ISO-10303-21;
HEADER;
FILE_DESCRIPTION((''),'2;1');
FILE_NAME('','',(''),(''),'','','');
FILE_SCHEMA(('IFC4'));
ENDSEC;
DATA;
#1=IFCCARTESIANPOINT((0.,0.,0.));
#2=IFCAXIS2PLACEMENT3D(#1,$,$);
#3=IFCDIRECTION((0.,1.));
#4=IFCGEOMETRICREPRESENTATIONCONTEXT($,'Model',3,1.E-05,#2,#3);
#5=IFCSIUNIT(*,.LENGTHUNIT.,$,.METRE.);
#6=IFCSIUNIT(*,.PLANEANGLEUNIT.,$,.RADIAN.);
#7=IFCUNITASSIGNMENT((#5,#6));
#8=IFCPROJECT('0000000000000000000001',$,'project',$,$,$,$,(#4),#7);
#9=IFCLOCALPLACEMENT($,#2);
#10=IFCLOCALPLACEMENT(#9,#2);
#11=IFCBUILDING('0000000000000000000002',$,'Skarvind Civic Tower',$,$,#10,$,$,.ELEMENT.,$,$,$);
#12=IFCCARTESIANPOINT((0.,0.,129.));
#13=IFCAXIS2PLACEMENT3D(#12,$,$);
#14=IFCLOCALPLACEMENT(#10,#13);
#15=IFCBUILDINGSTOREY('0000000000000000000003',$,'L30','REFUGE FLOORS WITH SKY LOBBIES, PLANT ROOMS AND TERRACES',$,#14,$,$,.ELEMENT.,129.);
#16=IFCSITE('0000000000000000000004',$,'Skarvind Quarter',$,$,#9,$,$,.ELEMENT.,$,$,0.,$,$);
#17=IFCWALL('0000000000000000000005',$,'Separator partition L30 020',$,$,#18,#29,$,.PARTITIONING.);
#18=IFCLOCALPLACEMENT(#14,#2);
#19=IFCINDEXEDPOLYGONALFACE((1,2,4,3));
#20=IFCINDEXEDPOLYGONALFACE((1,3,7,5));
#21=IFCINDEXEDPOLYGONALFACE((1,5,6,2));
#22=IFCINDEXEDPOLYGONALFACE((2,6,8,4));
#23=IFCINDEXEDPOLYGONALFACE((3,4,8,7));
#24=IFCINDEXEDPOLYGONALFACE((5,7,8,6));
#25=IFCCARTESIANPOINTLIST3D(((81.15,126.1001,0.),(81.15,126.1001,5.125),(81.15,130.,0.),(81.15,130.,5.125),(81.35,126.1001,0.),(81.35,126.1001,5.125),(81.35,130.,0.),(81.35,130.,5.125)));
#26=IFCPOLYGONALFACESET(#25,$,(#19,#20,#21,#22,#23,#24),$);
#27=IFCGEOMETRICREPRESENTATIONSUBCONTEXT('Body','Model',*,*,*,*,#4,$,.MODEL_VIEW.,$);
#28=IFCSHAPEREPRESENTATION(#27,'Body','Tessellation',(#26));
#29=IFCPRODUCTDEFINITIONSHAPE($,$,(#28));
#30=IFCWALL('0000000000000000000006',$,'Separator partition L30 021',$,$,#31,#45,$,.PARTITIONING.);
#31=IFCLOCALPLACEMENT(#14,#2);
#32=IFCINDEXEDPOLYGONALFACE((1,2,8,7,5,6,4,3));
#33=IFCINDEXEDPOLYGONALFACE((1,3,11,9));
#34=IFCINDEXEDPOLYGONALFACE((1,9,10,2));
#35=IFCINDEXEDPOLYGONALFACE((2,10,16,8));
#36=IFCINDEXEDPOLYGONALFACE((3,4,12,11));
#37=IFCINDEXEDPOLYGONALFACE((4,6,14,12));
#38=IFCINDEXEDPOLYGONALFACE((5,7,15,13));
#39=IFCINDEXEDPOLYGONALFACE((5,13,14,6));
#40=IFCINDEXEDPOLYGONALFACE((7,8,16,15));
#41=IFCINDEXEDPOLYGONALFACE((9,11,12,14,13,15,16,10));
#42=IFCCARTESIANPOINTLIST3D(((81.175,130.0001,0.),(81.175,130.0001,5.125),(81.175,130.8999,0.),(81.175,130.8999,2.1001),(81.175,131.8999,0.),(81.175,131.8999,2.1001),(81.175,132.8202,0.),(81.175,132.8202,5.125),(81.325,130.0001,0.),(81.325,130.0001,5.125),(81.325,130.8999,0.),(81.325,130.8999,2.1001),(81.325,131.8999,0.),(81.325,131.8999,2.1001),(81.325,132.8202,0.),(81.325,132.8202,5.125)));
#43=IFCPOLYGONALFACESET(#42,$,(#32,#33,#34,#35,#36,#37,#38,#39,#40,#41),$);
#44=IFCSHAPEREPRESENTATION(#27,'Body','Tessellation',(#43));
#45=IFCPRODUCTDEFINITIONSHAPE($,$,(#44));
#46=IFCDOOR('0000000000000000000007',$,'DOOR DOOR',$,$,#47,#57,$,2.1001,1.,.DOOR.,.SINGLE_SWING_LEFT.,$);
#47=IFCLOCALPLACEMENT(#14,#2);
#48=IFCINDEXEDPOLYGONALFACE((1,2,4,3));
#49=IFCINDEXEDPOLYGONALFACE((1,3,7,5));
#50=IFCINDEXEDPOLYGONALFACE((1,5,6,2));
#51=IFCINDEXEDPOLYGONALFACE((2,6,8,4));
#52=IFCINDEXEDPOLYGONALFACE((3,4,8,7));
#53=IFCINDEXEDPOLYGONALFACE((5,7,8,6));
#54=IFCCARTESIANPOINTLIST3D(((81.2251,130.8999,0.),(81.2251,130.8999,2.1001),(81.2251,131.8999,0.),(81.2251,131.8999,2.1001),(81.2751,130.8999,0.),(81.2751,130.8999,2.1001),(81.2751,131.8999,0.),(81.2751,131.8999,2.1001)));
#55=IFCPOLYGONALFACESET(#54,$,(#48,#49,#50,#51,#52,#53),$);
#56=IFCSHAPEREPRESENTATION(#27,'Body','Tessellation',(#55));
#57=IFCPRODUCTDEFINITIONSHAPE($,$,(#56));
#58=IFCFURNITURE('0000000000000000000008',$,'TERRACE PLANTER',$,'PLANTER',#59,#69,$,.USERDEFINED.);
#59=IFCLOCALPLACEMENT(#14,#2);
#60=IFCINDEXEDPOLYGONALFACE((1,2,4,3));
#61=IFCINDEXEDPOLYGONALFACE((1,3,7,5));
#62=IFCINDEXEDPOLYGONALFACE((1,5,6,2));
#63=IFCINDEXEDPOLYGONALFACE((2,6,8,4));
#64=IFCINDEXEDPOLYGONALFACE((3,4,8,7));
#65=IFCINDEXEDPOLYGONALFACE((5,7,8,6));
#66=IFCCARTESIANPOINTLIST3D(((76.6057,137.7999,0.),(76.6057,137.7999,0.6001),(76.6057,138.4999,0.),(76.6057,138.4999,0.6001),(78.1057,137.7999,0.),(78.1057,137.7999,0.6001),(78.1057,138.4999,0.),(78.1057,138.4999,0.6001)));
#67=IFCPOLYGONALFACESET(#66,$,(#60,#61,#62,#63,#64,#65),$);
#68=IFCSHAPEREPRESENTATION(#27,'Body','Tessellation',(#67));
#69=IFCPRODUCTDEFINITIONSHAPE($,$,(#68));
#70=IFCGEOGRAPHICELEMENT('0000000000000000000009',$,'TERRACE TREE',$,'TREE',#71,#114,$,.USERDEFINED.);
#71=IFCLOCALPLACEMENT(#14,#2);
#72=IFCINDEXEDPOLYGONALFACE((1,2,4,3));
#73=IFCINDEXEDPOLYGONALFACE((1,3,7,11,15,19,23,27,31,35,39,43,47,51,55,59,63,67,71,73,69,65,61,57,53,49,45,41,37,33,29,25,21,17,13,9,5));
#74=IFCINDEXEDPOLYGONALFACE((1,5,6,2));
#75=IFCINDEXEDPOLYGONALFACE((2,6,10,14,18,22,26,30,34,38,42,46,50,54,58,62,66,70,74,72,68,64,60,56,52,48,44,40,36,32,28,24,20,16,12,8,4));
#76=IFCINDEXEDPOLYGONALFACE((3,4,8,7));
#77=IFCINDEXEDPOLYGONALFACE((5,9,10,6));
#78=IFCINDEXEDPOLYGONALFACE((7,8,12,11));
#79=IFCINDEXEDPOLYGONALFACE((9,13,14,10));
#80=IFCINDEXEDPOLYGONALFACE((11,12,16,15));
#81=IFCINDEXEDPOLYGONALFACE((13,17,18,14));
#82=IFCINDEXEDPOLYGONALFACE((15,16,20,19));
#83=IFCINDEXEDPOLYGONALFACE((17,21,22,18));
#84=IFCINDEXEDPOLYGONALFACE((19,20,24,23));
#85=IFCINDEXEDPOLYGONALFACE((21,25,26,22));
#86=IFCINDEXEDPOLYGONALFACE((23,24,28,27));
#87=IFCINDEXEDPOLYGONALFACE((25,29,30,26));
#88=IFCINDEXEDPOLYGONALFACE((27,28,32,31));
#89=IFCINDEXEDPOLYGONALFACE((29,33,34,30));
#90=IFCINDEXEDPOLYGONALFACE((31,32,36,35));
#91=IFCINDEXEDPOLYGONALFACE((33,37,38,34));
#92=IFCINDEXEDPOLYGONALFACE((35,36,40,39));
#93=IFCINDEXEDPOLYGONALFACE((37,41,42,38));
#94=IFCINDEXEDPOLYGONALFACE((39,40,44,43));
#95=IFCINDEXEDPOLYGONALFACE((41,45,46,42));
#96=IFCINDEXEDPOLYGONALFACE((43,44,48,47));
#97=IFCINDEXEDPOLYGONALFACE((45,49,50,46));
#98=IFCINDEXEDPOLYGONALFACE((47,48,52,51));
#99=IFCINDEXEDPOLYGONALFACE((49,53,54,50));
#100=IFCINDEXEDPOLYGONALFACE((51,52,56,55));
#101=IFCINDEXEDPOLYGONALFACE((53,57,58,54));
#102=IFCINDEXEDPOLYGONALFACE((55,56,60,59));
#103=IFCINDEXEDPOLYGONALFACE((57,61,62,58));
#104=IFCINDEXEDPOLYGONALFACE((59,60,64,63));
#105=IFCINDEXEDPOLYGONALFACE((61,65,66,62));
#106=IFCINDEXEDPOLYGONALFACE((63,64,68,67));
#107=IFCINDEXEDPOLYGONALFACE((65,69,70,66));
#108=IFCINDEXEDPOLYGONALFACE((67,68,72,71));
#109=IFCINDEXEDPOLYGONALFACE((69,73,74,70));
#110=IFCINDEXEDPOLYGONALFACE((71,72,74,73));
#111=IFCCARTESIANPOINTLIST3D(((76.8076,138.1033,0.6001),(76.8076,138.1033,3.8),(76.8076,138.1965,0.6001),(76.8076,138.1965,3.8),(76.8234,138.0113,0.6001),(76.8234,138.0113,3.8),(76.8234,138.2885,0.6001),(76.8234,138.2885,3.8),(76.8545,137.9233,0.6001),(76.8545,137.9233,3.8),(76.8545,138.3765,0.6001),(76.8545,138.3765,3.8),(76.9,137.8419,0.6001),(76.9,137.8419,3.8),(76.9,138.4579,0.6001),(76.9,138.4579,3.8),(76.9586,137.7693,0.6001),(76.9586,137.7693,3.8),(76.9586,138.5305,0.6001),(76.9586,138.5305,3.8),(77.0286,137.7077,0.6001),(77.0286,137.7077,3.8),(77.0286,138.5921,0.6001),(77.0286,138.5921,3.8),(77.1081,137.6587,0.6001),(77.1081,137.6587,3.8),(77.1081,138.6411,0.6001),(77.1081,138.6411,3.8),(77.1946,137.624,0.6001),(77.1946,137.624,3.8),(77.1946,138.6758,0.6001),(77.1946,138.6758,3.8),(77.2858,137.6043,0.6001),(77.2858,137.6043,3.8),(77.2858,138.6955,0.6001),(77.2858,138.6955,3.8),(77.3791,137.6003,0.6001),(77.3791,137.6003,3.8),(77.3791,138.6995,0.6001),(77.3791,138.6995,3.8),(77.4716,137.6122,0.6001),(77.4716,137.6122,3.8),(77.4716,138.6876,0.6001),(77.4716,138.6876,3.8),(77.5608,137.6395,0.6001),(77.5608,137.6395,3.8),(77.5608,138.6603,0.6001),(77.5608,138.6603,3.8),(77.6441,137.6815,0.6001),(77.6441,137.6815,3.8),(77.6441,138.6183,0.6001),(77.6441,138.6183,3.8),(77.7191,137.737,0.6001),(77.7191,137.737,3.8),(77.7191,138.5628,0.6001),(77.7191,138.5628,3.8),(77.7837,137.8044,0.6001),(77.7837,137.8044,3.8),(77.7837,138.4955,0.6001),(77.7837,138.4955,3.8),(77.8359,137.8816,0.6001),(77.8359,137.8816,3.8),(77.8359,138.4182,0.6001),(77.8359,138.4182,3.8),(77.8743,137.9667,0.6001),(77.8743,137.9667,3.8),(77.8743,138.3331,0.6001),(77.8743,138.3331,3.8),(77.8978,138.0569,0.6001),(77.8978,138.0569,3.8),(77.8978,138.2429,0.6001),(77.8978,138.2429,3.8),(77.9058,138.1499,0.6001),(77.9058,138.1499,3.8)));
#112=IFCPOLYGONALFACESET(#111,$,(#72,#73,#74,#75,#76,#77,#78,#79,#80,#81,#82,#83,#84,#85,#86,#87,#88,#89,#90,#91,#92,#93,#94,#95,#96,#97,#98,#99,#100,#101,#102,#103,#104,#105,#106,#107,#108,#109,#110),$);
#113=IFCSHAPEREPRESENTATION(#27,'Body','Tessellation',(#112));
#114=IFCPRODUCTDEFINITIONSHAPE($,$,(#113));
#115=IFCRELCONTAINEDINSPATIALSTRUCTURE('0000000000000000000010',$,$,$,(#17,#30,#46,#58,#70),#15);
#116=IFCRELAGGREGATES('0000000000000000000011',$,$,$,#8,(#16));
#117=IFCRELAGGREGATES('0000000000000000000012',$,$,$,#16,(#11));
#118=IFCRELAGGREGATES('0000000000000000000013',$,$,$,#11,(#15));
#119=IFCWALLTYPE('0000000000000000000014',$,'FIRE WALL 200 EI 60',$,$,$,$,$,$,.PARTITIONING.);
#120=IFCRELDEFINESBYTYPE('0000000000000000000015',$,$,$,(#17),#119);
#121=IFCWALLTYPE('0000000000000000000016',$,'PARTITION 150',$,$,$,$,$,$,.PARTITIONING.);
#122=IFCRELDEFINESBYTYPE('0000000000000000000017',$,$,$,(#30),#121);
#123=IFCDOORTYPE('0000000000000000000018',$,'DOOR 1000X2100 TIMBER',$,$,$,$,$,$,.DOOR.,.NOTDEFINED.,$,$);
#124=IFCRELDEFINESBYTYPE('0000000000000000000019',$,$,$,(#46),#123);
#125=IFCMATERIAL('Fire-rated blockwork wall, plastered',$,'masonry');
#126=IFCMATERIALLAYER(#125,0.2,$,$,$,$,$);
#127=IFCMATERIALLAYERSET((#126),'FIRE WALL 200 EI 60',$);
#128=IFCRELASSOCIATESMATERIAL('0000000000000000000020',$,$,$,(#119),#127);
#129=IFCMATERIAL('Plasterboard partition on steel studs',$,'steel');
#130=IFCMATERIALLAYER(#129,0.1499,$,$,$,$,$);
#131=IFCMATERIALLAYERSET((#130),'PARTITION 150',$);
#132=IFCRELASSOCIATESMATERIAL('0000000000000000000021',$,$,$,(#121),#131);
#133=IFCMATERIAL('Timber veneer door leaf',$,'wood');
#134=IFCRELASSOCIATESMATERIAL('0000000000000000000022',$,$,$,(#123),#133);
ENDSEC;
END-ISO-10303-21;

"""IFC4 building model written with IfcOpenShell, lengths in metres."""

from ifc_helpers import new_model, si_unit, direction, frame, frame_2d, origin, origin_2d, place, context, subcontext, project, spatial, rectangle, circle, extrude, material, layer, layer_set, type_object, element, fill, save


model = new_model("IFC4")

# Units and contexts
model_context = context("Model", 3, precision=1e-05, world=origin(), true_north=direction((0.0, 1.0)))
body_context = subcontext(model_context, "Body", "Model", "MODEL_VIEW")
ifc_project = project(units=[si_unit("LENGTHUNIT", "METRE"), si_unit("PLANEANGLEUNIT", "RADIAN")], contexts=[model_context])

# Site, building, storey
site_placement = place(None, origin())
site = spatial("IfcSite", under=ifc_project, at=site_placement, Name="Skarvind Quarter", CompositionType="ELEMENT", RefElevation=0.0)
building_placement = place(site_placement, origin())
building = spatial("IfcBuilding", under=site, at=building_placement, Name="Skarvind Civic Tower", CompositionType="ELEMENT")
storey_placement = place(building_placement, frame((0.0, 0.0, 129.0)))
storey = spatial("IfcBuildingStorey", under=building, at=storey_placement, Name="L30", Description="REFUGE FLOORS WITH SKY LOBBIES, PLANT ROOMS AND TERRACES", CompositionType="ELEMENT", Elevation=129.0)

# Shared definitions
ifc_material_1 = material(Name="Fire-rated blockwork wall, plastered", Category="masonry")
ifc_layer_1 = layer(ifc_material_1, 0.2)
ifc_layer_set_1 = layer_set([ifc_layer_1], Name="FIRE WALL 200 EI 60")
wall_type_1 = type_object("IfcWallType", Name="FIRE WALL 200 EI 60", PredefinedType="PARTITIONING", material=ifc_layer_set_1)

# Wall
wall_1_placement = place(storey_placement, frame((81.25, 126.1001, 0.0), z_axis=(0.0, 0.0, 1.0), x_axis=(0.0, 1.0, 0.0)))
element("IfcWall", 1, at=wall_1_placement, inside=storey, type_object=wall_type_1, Name="Separator partition L30 020", PredefinedType="PARTITIONING", context=body_context, shape_type="SweptSolid", body=[
    extrude(rectangle(XDim=3.8999, YDim=0.2, at=frame_2d((1.95, 0.0))), origin(), (0.0, 0.0, 1.0), 5.125),
])

# Wall, opening, door
ifc_material_2 = material(Name="Plasterboard partition on steel studs", Category="steel")
ifc_layer_2 = layer(ifc_material_2, 0.1499)
ifc_layer_set_2 = layer_set([ifc_layer_2], Name="PARTITION 150")
wall_type_2 = type_object("IfcWallType", Name="PARTITION 150", PredefinedType="PARTITIONING", material=ifc_layer_set_2)
wall_2_placement = place(storey_placement, frame((81.25, 130.0, 0.0), z_axis=(0.0, 0.0, 1.0), x_axis=(0.0, 1.0, 0.0)))
wall_2 = element("IfcWall", 2, at=wall_2_placement, inside=storey, type_object=wall_type_2, Name="Separator partition L30 021", PredefinedType="PARTITIONING", context=body_context, shape_type="SweptSolid", body=[
    extrude(rectangle(XDim=2.8201, YDim=0.1499, at=frame_2d((1.4102, 0.0))), origin(), (0.0, 0.0, 1.0), 5.125),
])
opening_1_placement = place(wall_2_placement, frame((0.8999, 0.0, 0.0)))
opening_1 = element("IfcOpeningElement", 3, at=opening_1_placement, cuts=wall_2, PredefinedType="OPENING", context=body_context, shape_type="SweptSolid", body=[
    extrude(rectangle(XDim=1.0, YDim=2.1001, at=frame_2d((0.5, 1.05))), frame((0.0, 0.085, 0.0), z_axis=(0.0, -1.0, 0.0), x_axis=(1.0, 0.0, 0.0)), (0.0, 0.0, 1.0), 0.1699),
])
ifc_material_3 = material(Name="Timber veneer door leaf", Category="wood")
door_type_1 = type_object("IfcDoorType", Name="DOOR 1000X2100 TIMBER", OperationType="NOTDEFINED", PredefinedType="DOOR", material=ifc_material_3)
door_1_placement = place(opening_1_placement, origin())
door_1 = element("IfcDoor", 4, at=door_1_placement, inside=storey, type_object=door_type_1, Name="DOOR DOOR", OperationType="SINGLE_SWING_LEFT", OverallHeight=2.1001, OverallWidth=1.0, PredefinedType="DOOR", context=body_context, shape_type="SweptSolid", body=[
    extrude(rectangle(XDim=1.0, YDim=2.1001, at=frame_2d((0.5, 1.05))), frame((0.0, 0.0249, 0.0), z_axis=(0.0, -1.0, 0.0), x_axis=(1.0, 0.0, 0.0)), (0.0, 0.0, 1.0), 0.05),
])
fill(opening_1, door_1)

# Furniture
furniture_placement = place(storey_placement, frame((77.3557, 138.1499, 0.0), z_axis=(0.0, 0.0, 1.0), x_axis=(1.0, 0.0, 0.0)))
element("IfcFurniture", 5, at=furniture_placement, inside=storey, Name="TERRACE PLANTER", ObjectType="PLANTER", PredefinedType="USERDEFINED", context=body_context, shape_type="SweptSolid", body=[
    extrude(rectangle(XDim=1.5, YDim=0.7, at=origin_2d()), origin(), (0.0, 0.0, 1.0), 0.6001),
])

# Geographic element
geographic_element_placement = place(storey_placement, frame((77.3557, 138.1499, 0.6001), z_axis=(0.0, 0.0, 1.0), x_axis=(1.0, 0.0, 0.0)))
element("IfcGeographicElement", 6, at=geographic_element_placement, inside=storey, Name="TERRACE TREE", ObjectType="TREE", PredefinedType="USERDEFINED", context=body_context, shape_type="SweptSolid", body=[
    extrude(circle(Radius=0.55, at=origin_2d()), origin(), (0.0, 0.0, 1.0), 3.2),
])

save(model, "model.ifc")
